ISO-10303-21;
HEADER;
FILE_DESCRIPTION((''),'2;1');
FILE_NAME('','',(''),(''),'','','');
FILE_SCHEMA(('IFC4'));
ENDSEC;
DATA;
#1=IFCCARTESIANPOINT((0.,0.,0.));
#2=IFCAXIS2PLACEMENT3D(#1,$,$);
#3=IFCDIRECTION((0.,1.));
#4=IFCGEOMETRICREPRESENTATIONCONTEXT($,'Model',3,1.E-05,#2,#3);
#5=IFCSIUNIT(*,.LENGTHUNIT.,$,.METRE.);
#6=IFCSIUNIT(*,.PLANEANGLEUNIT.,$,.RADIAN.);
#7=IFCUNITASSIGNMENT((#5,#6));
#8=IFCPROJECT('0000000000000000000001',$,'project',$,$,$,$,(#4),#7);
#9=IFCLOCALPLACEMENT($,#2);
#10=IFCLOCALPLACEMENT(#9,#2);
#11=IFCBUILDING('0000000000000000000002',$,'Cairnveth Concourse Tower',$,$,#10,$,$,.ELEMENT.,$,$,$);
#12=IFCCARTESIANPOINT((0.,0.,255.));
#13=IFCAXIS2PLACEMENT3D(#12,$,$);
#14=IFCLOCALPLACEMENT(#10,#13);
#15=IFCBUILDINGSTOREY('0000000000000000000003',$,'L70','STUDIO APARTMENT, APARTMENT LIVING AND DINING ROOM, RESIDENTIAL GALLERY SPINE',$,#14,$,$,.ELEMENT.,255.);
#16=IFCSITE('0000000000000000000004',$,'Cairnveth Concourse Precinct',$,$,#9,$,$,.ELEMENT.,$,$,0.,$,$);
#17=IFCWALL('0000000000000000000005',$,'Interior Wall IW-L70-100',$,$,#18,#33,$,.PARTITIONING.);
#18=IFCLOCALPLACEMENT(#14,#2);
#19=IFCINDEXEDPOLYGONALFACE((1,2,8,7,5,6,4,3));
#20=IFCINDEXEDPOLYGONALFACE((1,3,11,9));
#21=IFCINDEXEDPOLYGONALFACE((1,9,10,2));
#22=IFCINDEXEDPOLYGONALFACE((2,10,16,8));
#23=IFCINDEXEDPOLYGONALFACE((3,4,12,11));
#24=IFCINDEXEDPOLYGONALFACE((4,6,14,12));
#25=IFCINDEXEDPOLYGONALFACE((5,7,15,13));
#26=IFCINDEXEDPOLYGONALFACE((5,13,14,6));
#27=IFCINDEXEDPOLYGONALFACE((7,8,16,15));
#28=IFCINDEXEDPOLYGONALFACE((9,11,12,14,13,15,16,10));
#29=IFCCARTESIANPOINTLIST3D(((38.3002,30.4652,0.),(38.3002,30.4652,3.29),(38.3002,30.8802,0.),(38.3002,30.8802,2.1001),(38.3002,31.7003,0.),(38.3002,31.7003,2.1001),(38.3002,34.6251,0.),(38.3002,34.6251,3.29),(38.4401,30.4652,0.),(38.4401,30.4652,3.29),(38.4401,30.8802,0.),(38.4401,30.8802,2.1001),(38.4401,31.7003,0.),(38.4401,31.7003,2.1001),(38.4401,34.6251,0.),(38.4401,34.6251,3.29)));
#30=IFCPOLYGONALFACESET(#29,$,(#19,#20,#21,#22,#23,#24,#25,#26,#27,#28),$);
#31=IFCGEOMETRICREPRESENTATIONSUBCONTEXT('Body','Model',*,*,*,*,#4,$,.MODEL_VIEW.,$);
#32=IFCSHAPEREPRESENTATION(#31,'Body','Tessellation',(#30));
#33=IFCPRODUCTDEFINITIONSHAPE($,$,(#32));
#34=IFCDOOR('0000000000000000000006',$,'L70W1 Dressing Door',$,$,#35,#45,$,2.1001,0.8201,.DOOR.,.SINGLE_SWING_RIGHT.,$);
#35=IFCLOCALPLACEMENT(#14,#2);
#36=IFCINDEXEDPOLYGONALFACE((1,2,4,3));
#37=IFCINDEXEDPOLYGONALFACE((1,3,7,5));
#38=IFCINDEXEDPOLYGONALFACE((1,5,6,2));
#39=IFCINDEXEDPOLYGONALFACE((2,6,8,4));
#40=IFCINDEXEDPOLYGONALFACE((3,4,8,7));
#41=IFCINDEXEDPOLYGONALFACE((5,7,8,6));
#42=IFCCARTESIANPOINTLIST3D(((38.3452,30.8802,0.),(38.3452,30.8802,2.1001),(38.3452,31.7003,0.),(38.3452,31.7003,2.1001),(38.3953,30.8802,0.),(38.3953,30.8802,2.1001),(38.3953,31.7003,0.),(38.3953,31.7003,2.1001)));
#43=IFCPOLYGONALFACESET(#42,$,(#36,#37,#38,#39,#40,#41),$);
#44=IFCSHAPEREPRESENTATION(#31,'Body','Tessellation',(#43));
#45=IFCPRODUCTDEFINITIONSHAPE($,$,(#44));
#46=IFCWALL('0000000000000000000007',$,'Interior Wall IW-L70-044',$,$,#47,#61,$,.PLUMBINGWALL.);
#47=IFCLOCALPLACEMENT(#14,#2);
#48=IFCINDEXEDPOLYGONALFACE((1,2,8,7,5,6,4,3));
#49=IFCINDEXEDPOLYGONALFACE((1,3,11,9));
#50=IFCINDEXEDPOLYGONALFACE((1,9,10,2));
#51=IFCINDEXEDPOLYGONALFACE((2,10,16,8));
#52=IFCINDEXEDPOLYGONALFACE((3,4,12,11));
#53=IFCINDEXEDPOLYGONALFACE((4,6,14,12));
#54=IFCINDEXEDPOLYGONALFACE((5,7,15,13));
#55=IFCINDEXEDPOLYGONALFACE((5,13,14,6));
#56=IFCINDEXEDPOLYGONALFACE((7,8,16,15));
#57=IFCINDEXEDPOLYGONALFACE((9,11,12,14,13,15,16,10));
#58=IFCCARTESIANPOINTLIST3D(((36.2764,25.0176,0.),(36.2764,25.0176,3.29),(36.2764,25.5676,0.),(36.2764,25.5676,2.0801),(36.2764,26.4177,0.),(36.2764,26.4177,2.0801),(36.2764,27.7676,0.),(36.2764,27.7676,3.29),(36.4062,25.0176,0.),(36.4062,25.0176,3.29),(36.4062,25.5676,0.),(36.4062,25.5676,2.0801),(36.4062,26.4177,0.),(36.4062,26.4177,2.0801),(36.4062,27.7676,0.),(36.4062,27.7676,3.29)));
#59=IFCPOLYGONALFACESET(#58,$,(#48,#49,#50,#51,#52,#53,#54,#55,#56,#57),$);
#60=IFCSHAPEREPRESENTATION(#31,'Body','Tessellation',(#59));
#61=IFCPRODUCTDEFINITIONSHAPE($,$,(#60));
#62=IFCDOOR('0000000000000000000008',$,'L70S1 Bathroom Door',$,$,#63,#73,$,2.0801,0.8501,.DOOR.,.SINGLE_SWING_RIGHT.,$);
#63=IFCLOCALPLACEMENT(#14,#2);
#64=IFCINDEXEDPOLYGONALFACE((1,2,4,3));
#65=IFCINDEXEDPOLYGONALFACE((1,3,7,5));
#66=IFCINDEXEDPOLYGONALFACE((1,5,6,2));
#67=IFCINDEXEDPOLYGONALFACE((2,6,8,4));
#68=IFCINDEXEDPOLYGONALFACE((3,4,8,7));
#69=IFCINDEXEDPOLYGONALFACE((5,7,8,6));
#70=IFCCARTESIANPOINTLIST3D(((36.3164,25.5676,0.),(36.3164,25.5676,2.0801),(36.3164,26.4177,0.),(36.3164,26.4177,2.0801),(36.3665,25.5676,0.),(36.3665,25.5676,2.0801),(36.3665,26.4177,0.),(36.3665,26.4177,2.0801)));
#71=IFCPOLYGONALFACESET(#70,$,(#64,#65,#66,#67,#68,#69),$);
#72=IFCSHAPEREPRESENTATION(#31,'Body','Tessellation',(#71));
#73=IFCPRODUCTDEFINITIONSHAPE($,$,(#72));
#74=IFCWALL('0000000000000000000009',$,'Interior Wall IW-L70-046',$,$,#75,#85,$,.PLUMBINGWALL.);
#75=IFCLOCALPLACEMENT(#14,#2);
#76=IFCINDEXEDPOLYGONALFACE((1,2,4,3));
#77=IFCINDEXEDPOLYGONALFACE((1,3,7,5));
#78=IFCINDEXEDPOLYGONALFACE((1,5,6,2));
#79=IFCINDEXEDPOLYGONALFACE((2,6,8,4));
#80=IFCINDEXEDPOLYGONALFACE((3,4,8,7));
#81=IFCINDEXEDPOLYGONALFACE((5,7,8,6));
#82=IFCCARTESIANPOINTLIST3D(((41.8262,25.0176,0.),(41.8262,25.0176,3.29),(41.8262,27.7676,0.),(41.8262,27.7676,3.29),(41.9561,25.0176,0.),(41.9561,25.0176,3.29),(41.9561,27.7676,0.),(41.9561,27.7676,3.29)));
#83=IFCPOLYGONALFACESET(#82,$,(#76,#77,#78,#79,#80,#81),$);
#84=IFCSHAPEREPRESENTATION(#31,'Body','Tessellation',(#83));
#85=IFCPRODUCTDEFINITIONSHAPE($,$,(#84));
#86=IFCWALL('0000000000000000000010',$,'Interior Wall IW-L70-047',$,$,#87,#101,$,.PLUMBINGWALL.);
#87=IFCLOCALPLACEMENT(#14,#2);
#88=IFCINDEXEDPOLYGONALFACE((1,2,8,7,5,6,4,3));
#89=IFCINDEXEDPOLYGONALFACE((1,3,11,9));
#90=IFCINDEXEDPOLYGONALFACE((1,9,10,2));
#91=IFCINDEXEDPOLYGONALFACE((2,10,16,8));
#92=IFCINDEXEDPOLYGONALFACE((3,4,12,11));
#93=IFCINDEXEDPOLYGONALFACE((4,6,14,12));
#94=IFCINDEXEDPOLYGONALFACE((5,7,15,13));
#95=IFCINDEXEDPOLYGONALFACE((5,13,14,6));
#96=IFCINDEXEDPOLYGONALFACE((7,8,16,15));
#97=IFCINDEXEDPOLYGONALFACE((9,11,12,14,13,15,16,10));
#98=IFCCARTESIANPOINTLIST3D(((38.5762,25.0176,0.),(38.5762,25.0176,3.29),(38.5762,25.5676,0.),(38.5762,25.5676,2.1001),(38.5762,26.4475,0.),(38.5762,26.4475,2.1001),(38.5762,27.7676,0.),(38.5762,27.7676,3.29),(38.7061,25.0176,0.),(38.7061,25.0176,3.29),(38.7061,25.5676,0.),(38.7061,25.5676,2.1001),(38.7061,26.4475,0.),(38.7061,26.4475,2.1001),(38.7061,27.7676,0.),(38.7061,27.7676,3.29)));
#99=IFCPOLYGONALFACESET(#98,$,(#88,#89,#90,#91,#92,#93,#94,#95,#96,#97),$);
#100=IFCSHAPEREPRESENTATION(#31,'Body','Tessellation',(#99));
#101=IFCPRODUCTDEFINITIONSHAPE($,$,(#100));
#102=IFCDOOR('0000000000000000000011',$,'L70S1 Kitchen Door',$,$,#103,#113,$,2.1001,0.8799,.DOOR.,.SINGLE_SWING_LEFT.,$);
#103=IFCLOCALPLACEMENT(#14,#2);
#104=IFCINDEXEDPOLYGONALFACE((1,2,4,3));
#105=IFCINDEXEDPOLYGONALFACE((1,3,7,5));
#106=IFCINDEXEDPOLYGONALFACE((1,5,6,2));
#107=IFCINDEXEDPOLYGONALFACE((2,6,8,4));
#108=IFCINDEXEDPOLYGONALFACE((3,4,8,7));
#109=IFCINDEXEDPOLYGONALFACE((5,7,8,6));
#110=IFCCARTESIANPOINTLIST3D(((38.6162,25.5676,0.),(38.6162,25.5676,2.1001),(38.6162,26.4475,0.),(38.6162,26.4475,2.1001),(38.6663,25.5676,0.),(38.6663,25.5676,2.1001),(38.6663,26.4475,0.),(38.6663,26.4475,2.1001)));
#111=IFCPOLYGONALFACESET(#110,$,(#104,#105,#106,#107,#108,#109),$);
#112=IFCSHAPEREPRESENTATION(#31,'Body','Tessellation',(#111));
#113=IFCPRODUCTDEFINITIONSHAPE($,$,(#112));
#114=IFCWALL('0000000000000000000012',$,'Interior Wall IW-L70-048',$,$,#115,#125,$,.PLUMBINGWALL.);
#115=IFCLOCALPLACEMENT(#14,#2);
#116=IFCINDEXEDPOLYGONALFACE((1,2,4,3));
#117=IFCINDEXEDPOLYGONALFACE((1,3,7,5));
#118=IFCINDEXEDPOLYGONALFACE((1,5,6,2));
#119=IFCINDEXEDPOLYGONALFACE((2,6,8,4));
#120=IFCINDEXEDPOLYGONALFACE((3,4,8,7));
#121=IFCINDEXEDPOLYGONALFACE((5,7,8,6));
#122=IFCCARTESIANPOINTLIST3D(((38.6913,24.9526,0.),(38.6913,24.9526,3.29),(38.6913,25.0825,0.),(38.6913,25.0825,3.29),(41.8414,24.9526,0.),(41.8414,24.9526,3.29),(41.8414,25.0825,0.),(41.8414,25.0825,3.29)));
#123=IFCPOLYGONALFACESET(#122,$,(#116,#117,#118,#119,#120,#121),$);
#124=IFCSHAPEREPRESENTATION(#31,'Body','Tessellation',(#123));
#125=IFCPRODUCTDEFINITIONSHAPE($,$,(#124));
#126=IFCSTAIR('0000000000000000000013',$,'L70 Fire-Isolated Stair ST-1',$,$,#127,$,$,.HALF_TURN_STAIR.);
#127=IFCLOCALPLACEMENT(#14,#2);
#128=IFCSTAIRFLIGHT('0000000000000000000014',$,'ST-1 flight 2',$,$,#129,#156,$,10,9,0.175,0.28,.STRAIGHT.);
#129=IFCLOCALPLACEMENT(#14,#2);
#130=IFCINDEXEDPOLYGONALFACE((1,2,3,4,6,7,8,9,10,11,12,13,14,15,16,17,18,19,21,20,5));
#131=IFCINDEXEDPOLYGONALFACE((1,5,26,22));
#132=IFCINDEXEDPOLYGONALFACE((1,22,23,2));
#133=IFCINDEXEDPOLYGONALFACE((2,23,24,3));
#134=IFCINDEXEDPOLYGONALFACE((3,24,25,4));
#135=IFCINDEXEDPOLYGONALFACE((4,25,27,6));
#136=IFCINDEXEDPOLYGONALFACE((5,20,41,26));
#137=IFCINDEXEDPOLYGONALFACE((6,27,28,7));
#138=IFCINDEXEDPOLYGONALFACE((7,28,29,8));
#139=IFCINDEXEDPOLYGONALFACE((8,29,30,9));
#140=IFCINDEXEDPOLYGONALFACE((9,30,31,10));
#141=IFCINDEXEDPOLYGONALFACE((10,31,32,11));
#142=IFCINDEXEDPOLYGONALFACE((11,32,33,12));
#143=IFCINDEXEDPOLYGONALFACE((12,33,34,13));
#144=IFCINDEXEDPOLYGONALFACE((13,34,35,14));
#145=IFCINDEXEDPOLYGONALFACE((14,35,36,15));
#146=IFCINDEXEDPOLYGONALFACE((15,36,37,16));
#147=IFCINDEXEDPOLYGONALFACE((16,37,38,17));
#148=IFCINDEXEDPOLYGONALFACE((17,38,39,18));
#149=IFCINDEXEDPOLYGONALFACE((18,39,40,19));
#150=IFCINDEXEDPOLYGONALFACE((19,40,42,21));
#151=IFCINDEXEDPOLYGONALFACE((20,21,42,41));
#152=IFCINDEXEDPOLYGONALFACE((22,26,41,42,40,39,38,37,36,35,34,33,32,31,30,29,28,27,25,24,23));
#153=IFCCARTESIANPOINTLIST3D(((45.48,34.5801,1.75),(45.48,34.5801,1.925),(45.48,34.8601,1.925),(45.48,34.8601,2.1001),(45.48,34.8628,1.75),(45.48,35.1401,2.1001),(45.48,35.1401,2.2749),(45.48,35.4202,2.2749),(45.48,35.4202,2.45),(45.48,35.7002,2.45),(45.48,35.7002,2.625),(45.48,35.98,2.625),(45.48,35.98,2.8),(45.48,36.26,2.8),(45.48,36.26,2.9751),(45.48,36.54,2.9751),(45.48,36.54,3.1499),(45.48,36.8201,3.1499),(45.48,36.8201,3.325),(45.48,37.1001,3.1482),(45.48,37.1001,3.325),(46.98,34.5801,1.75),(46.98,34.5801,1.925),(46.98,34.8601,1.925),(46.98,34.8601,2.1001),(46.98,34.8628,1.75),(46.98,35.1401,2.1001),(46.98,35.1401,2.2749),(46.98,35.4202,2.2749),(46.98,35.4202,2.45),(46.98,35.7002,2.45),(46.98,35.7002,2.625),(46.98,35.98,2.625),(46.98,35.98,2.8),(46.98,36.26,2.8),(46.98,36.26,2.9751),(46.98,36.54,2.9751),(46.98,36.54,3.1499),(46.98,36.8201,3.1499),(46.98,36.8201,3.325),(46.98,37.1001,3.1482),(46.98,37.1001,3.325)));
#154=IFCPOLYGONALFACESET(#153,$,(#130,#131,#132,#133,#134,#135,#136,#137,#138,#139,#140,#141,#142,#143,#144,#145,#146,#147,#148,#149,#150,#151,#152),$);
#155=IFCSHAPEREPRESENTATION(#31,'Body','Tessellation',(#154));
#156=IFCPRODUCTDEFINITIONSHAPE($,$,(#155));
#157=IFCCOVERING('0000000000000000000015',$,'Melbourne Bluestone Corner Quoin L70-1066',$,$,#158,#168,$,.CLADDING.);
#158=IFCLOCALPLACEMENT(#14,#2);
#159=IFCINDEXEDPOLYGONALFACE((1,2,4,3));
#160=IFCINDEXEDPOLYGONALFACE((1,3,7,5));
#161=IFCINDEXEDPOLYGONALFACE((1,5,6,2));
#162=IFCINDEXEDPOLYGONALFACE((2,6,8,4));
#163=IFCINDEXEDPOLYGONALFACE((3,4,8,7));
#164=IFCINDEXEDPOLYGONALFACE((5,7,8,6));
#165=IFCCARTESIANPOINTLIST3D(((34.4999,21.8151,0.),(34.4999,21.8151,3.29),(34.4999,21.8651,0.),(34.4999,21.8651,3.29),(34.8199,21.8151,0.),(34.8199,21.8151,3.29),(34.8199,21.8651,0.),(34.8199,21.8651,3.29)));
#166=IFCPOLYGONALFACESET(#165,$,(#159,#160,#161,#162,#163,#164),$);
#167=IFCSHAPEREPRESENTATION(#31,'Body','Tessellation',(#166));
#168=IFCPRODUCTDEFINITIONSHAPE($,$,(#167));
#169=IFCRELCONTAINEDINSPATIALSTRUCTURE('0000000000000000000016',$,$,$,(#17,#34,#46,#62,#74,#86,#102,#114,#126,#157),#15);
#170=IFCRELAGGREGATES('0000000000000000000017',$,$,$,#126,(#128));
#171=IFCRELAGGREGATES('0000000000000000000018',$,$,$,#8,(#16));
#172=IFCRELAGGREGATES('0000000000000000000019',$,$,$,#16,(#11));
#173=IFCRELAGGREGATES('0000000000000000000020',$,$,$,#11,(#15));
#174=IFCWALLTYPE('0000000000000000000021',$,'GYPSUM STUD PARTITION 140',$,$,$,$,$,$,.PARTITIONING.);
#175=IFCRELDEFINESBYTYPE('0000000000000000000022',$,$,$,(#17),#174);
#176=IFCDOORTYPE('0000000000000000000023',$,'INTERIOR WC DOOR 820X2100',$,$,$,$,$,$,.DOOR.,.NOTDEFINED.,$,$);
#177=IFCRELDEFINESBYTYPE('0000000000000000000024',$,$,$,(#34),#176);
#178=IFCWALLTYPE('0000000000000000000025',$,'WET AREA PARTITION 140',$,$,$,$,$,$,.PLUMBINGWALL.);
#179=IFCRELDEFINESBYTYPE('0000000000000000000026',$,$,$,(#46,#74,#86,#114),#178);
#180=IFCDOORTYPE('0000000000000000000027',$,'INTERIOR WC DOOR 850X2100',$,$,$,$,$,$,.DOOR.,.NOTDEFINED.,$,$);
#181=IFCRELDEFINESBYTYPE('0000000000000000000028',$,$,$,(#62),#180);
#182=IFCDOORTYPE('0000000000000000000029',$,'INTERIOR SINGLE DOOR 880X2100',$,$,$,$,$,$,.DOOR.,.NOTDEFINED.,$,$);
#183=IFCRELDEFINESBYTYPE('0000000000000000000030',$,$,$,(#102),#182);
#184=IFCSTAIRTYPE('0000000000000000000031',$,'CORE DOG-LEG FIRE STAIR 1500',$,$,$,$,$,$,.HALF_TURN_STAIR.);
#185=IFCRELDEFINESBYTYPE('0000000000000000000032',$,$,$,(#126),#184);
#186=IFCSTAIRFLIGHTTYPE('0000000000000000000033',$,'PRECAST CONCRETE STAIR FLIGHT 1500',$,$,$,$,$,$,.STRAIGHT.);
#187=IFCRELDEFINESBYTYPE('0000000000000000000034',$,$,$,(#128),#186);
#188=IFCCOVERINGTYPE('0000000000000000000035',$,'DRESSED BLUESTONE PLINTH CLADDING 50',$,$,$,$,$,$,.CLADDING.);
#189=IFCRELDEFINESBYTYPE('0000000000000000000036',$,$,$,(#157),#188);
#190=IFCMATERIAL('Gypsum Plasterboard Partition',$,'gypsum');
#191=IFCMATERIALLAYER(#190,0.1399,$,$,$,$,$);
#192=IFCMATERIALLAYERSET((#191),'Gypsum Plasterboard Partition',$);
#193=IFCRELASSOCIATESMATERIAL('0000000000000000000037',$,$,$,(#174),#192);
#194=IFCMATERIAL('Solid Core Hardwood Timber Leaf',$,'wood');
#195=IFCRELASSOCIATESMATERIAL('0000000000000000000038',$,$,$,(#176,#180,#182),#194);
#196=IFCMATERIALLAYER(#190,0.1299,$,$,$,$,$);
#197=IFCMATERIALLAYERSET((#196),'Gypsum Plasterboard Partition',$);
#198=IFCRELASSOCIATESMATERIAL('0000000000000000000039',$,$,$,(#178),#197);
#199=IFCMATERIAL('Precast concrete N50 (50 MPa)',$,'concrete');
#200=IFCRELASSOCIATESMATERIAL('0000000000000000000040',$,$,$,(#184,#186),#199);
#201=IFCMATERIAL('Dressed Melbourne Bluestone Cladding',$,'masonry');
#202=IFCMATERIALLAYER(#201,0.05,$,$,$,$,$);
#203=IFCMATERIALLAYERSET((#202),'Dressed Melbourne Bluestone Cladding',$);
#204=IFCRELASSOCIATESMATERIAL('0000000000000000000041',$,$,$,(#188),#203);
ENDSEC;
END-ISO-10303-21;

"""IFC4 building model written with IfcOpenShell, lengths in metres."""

from ifc_helpers import new_model, si_unit, direction, frame, frame_2d, origin, place, context, subcontext, project, spatial, polyline, rectangle, outline, extrude, material, layer, layer_set, type_object, element, fill, aggregate, save


model = new_model("IFC4")

# Units and contexts
model_context = context("Model", 3, precision=1e-05, world=origin(), true_north=direction((0.0, 1.0)))
body_context = subcontext(model_context, "Body", "Model", "MODEL_VIEW")
ifc_project = project(units=[si_unit("LENGTHUNIT", "METRE"), si_unit("PLANEANGLEUNIT", "RADIAN")], contexts=[model_context])

# Site, building, storey
site_placement = place(None, origin())
site = spatial("IfcSite", under=ifc_project, at=site_placement, Name="Cairnveth Concourse Precinct", CompositionType="ELEMENT", RefElevation=0.0)
building_placement = place(site_placement, origin())
building = spatial("IfcBuilding", under=site, at=building_placement, Name="Cairnveth Concourse Tower", CompositionType="ELEMENT")
storey_placement = place(building_placement, frame((0.0, 0.0, 255.0)))
storey = spatial("IfcBuildingStorey", under=building, at=storey_placement, Name="L70", Description="STUDIO APARTMENT, APARTMENT LIVING AND DINING ROOM, RESIDENTIAL GALLERY SPINE", CompositionType="ELEMENT", Elevation=255.0)

# Shared definitions
ifc_material_1 = material(Name="Gypsum Plasterboard Partition", Category="gypsum")

# Shared definitions
ifc_material_2 = material(Name="Solid Core Hardwood Timber Leaf", Category="wood")

# Walls, openings, doors
ifc_layer_1 = layer(ifc_material_1, 0.1399)
ifc_layer_set_1 = layer_set([ifc_layer_1], Name="Gypsum Plasterboard Partition")
wall_type_1 = type_object("IfcWallType", Name="GYPSUM STUD PARTITION 140", PredefinedType="PARTITIONING", material=ifc_layer_set_1)
door_type_1 = type_object("IfcDoorType", Name="INTERIOR WC DOOR 820X2100", OperationType="NOTDEFINED", PredefinedType="DOOR", material=ifc_material_2)
wall_1_placement = place(storey_placement, frame((38.3701, 30.4651, 0.0), z_axis=(0.0, 0.0, 1.0), x_axis=(0.0, 1.0, 0.0)))
wall_1 = element("IfcWall", 1, at=wall_1_placement, inside=storey, type_object=wall_type_1, Name="Interior Wall IW-L70-100", PredefinedType="PARTITIONING", context=body_context, shape_type="SweptSolid", body=[
    extrude(rectangle(XDim=4.1599, YDim=0.1399, at=frame_2d((2.0801, 0.0))), origin(), (0.0, 0.0, 1.0), 3.29),
])
opening_1_placement = place(wall_1_placement, frame((0.415, 0.0, 0.0)))
opening_1 = element("IfcOpeningElement", 2, at=opening_1_placement, cuts=wall_1, PredefinedType="OPENING", context=body_context, shape_type="SweptSolid", body=[
    extrude(rectangle(XDim=0.8201, YDim=2.1001, at=frame_2d((0.4102, 1.05))), frame((0.0, 0.0798, 0.0), z_axis=(0.0, -1.0, 0.0), x_axis=(1.0, 0.0, 0.0)), (0.0, 0.0, 1.0), 0.1599),
])
door_1_placement = place(opening_1_placement, origin())
door_1 = element("IfcDoor", 3, at=door_1_placement, inside=storey, type_object=door_type_1, Name="L70W1 Dressing Door", OperationType="SINGLE_SWING_RIGHT", OverallHeight=2.1001, OverallWidth=0.8201, PredefinedType="DOOR", context=body_context, shape_type="SweptSolid", body=[
    extrude(rectangle(XDim=0.8201, YDim=2.1001, at=frame_2d((0.4102, 1.05))), frame((0.0, 0.0249, 0.0), z_axis=(0.0, -1.0, 0.0), x_axis=(1.0, 0.0, 0.0)), (0.0, 0.0, 1.0), 0.05),
])
fill(opening_1, door_1)
ifc_layer_2 = layer(ifc_material_1, 0.1299)
ifc_layer_set_2 = layer_set([ifc_layer_2], Name="Gypsum Plasterboard Partition")
wall_type_2 = type_object("IfcWallType", Name="WET AREA PARTITION 140", PredefinedType="PLUMBINGWALL", material=ifc_layer_set_2)
wall_2_placement = place(storey_placement, frame((36.3413, 25.0176, 0.0), z_axis=(0.0, 0.0, 1.0), x_axis=(0.0, 1.0, 0.0)))
wall_2 = element("IfcWall", 4, at=wall_2_placement, inside=storey, type_object=wall_type_2, Name="Interior Wall IW-L70-044", PredefinedType="PLUMBINGWALL", context=body_context, shape_type="SweptSolid", body=[
    extrude(rectangle(XDim=2.75, YDim=0.1299, at=frame_2d((1.375, 0.0))), origin(), (0.0, 0.0, 1.0), 3.29),
])
opening_2_placement = place(wall_2_placement, frame((0.55, 0.0, 0.0)))
opening_2 = element("IfcOpeningElement", 5, at=opening_2_placement, cuts=wall_2, PredefinedType="OPENING", context=body_context, shape_type="SweptSolid", body=[
    extrude(rectangle(XDim=0.8501, YDim=2.0801, at=frame_2d((0.425, 1.04))), frame((0.0, 0.075, 0.0), z_axis=(0.0, -1.0, 0.0), x_axis=(1.0, 0.0, 0.0)), (0.0, 0.0, 1.0), 0.1499),
])
door_type_2 = type_object("IfcDoorType", Name="INTERIOR WC DOOR 850X2100", OperationType="NOTDEFINED", PredefinedType="DOOR", material=ifc_material_2)
door_2_placement = place(opening_2_placement, origin())
door_2 = element("IfcDoor", 6, at=door_2_placement, inside=storey, type_object=door_type_2, Name="L70S1 Bathroom Door", OperationType="SINGLE_SWING_RIGHT", OverallHeight=2.0801, OverallWidth=0.8501, PredefinedType="DOOR", context=body_context, shape_type="SweptSolid", body=[
    extrude(rectangle(XDim=0.8501, YDim=2.0801, at=frame_2d((0.425, 1.04))), frame((0.0, 0.0249, 0.0), z_axis=(0.0, -1.0, 0.0), x_axis=(1.0, 0.0, 0.0)), (0.0, 0.0, 1.0), 0.05),
])
fill(opening_2, door_2)

# Wall
wall_3_placement = place(storey_placement, frame((41.8911, 25.0176, 0.0), z_axis=(0.0, 0.0, 1.0), x_axis=(0.0, 1.0, 0.0)))
element("IfcWall", 7, at=wall_3_placement, inside=storey, type_object=wall_type_2, Name="Interior Wall IW-L70-046", PredefinedType="PLUMBINGWALL", context=body_context, shape_type="SweptSolid", body=[
    extrude(rectangle(XDim=2.75, YDim=0.1299, at=frame_2d((1.375, 0.0))), origin(), (0.0, 0.0, 1.0), 3.29),
])

# Wall, opening, door
wall_4_placement = place(storey_placement, frame((38.6411, 25.0176, 0.0), z_axis=(0.0, 0.0, 1.0), x_axis=(0.0, 1.0, 0.0)))
wall_4 = element("IfcWall", 8, at=wall_4_placement, inside=storey, type_object=wall_type_2, Name="Interior Wall IW-L70-047", PredefinedType="PLUMBINGWALL", context=body_context, shape_type="SweptSolid", body=[
    extrude(rectangle(XDim=2.75, YDim=0.1299, at=frame_2d((1.375, 0.0))), origin(), (0.0, 0.0, 1.0), 3.29),
])
opening_3_placement = place(wall_4_placement, frame((0.55, 0.0, 0.0)))
opening_3 = element("IfcOpeningElement", 9, at=opening_3_placement, cuts=wall_4, PredefinedType="OPENING", context=body_context, shape_type="SweptSolid", body=[
    extrude(rectangle(XDim=0.8799, YDim=2.1001, at=frame_2d((0.4399, 1.05))), frame((0.0, 0.075, 0.0), z_axis=(0.0, -1.0, 0.0), x_axis=(1.0, 0.0, 0.0)), (0.0, 0.0, 1.0), 0.1499),
])
door_type_3 = type_object("IfcDoorType", Name="INTERIOR SINGLE DOOR 880X2100", OperationType="NOTDEFINED", PredefinedType="DOOR", material=ifc_material_2)
door_3_placement = place(opening_3_placement, origin())
door_3 = element("IfcDoor", 10, at=door_3_placement, inside=storey, type_object=door_type_3, Name="L70S1 Kitchen Door", OperationType="SINGLE_SWING_LEFT", OverallHeight=2.1001, OverallWidth=0.8799, PredefinedType="DOOR", context=body_context, shape_type="SweptSolid", body=[
    extrude(rectangle(XDim=0.8799, YDim=2.1001, at=frame_2d((0.4399, 1.05))), frame((0.0, 0.0249, 0.0), z_axis=(0.0, -1.0, 0.0), x_axis=(1.0, 0.0, 0.0)), (0.0, 0.0, 1.0), 0.05),
])
fill(opening_3, door_3)

# Wall
wall_5_placement = place(storey_placement, frame((38.6912, 25.0176, 0.0), z_axis=(0.0, 0.0, 1.0), x_axis=(1.0, 0.0, 0.0)))
element("IfcWall", 11, at=wall_5_placement, inside=storey, type_object=wall_type_2, Name="Interior Wall IW-L70-048", PredefinedType="PLUMBINGWALL", context=body_context, shape_type="SweptSolid", body=[
    extrude(rectangle(XDim=3.1501, YDim=0.1299, at=frame_2d((1.5752, 0.0))), origin(), (0.0, 0.0, 1.0), 3.29),
])

# Stair, stair flight
ifc_material_3 = material(Name="Precast concrete N50 (50 MPa)", Category="concrete")
stair_type = type_object("IfcStairType", Name="CORE DOG-LEG FIRE STAIR 1500", PredefinedType="HALF_TURN_STAIR", material=ifc_material_3)
stair_placement = place(storey_placement, origin())
stair = element("IfcStair", 12, at=stair_placement, inside=storey, type_object=stair_type, Name="L70 Fire-Isolated Stair ST-1", PredefinedType="HALF_TURN_STAIR")
stair_flight_type = type_object("IfcStairFlightType", Name="PRECAST CONCRETE STAIR FLIGHT 1500", PredefinedType="STRAIGHT", material=ifc_material_3)
stair_flight_placement = place(storey_placement, frame((46.23, 34.5801, 1.75), z_axis=(0.0, 0.0, 1.0), x_axis=(0.0, 1.0, 0.0)))
stair_flight = element("IfcStairFlight", 13, at=stair_flight_placement, type_object=stair_flight_type, Name="ST-1 flight 2", NumberOfRisers=10, NumberOfTreads=9, PredefinedType="STRAIGHT", RiserHeight=0.175, TreadLength=0.28, context=body_context, shape_type="SweptSolid", body=[
    extrude(outline(polyline([(0.0, 0.0), (0.0, 0.175), (0.28, 0.175), (0.28, 0.3501), (0.5601, 0.3501), (0.5601, 0.5249), (0.8401, 0.5249), (0.8401, 0.7), (1.1201, 0.7), (1.1201, 0.875), (1.3999, 0.875), (1.3999, 1.05), (1.6799, 1.05), (1.6799, 1.2251), (1.96, 1.2251), (1.96, 1.3999), (2.24, 1.3999), (2.24, 1.575), (2.52, 1.575), (2.52, 1.75), (2.52, 1.3982), (0.2827, 0.0), (0.0, 0.0)])), frame((0.0, 0.75, 0.0), z_axis=(0.0, -1.0, 0.0), x_axis=(1.0, 0.0, 0.0)), (0.0, 0.0, 1.0), 1.5),
])
aggregate(stair, [stair_flight])

# Covering
ifc_material_4 = material(Name="Dressed Melbourne Bluestone Cladding", Category="masonry")
ifc_layer_3 = layer(ifc_material_4, 0.05)
ifc_layer_set_3 = layer_set([ifc_layer_3], Name="Dressed Melbourne Bluestone Cladding")
covering_type = type_object("IfcCoveringType", Name="DRESSED BLUESTONE PLINTH CLADDING 50", PredefinedType="CLADDING", material=ifc_layer_set_3)
covering_placement = place(storey_placement, frame((34.8201, 21.8401, 0.0), z_axis=(0.0, 0.0, 1.0), x_axis=(-1.0, 0.0, 0.0)))
element("IfcCovering", 14, at=covering_placement, inside=storey, type_object=covering_type, Name="Melbourne Bluestone Corner Quoin L70-1066", PredefinedType="CLADDING", context=body_context, shape_type="SweptSolid", body=[
    extrude(rectangle(XDim=0.3201, YDim=0.05, at=frame_2d((0.1602, 0.0))), origin(), (0.0, 0.0, 1.0), 3.29),
])

save(model, "model.ifc")
